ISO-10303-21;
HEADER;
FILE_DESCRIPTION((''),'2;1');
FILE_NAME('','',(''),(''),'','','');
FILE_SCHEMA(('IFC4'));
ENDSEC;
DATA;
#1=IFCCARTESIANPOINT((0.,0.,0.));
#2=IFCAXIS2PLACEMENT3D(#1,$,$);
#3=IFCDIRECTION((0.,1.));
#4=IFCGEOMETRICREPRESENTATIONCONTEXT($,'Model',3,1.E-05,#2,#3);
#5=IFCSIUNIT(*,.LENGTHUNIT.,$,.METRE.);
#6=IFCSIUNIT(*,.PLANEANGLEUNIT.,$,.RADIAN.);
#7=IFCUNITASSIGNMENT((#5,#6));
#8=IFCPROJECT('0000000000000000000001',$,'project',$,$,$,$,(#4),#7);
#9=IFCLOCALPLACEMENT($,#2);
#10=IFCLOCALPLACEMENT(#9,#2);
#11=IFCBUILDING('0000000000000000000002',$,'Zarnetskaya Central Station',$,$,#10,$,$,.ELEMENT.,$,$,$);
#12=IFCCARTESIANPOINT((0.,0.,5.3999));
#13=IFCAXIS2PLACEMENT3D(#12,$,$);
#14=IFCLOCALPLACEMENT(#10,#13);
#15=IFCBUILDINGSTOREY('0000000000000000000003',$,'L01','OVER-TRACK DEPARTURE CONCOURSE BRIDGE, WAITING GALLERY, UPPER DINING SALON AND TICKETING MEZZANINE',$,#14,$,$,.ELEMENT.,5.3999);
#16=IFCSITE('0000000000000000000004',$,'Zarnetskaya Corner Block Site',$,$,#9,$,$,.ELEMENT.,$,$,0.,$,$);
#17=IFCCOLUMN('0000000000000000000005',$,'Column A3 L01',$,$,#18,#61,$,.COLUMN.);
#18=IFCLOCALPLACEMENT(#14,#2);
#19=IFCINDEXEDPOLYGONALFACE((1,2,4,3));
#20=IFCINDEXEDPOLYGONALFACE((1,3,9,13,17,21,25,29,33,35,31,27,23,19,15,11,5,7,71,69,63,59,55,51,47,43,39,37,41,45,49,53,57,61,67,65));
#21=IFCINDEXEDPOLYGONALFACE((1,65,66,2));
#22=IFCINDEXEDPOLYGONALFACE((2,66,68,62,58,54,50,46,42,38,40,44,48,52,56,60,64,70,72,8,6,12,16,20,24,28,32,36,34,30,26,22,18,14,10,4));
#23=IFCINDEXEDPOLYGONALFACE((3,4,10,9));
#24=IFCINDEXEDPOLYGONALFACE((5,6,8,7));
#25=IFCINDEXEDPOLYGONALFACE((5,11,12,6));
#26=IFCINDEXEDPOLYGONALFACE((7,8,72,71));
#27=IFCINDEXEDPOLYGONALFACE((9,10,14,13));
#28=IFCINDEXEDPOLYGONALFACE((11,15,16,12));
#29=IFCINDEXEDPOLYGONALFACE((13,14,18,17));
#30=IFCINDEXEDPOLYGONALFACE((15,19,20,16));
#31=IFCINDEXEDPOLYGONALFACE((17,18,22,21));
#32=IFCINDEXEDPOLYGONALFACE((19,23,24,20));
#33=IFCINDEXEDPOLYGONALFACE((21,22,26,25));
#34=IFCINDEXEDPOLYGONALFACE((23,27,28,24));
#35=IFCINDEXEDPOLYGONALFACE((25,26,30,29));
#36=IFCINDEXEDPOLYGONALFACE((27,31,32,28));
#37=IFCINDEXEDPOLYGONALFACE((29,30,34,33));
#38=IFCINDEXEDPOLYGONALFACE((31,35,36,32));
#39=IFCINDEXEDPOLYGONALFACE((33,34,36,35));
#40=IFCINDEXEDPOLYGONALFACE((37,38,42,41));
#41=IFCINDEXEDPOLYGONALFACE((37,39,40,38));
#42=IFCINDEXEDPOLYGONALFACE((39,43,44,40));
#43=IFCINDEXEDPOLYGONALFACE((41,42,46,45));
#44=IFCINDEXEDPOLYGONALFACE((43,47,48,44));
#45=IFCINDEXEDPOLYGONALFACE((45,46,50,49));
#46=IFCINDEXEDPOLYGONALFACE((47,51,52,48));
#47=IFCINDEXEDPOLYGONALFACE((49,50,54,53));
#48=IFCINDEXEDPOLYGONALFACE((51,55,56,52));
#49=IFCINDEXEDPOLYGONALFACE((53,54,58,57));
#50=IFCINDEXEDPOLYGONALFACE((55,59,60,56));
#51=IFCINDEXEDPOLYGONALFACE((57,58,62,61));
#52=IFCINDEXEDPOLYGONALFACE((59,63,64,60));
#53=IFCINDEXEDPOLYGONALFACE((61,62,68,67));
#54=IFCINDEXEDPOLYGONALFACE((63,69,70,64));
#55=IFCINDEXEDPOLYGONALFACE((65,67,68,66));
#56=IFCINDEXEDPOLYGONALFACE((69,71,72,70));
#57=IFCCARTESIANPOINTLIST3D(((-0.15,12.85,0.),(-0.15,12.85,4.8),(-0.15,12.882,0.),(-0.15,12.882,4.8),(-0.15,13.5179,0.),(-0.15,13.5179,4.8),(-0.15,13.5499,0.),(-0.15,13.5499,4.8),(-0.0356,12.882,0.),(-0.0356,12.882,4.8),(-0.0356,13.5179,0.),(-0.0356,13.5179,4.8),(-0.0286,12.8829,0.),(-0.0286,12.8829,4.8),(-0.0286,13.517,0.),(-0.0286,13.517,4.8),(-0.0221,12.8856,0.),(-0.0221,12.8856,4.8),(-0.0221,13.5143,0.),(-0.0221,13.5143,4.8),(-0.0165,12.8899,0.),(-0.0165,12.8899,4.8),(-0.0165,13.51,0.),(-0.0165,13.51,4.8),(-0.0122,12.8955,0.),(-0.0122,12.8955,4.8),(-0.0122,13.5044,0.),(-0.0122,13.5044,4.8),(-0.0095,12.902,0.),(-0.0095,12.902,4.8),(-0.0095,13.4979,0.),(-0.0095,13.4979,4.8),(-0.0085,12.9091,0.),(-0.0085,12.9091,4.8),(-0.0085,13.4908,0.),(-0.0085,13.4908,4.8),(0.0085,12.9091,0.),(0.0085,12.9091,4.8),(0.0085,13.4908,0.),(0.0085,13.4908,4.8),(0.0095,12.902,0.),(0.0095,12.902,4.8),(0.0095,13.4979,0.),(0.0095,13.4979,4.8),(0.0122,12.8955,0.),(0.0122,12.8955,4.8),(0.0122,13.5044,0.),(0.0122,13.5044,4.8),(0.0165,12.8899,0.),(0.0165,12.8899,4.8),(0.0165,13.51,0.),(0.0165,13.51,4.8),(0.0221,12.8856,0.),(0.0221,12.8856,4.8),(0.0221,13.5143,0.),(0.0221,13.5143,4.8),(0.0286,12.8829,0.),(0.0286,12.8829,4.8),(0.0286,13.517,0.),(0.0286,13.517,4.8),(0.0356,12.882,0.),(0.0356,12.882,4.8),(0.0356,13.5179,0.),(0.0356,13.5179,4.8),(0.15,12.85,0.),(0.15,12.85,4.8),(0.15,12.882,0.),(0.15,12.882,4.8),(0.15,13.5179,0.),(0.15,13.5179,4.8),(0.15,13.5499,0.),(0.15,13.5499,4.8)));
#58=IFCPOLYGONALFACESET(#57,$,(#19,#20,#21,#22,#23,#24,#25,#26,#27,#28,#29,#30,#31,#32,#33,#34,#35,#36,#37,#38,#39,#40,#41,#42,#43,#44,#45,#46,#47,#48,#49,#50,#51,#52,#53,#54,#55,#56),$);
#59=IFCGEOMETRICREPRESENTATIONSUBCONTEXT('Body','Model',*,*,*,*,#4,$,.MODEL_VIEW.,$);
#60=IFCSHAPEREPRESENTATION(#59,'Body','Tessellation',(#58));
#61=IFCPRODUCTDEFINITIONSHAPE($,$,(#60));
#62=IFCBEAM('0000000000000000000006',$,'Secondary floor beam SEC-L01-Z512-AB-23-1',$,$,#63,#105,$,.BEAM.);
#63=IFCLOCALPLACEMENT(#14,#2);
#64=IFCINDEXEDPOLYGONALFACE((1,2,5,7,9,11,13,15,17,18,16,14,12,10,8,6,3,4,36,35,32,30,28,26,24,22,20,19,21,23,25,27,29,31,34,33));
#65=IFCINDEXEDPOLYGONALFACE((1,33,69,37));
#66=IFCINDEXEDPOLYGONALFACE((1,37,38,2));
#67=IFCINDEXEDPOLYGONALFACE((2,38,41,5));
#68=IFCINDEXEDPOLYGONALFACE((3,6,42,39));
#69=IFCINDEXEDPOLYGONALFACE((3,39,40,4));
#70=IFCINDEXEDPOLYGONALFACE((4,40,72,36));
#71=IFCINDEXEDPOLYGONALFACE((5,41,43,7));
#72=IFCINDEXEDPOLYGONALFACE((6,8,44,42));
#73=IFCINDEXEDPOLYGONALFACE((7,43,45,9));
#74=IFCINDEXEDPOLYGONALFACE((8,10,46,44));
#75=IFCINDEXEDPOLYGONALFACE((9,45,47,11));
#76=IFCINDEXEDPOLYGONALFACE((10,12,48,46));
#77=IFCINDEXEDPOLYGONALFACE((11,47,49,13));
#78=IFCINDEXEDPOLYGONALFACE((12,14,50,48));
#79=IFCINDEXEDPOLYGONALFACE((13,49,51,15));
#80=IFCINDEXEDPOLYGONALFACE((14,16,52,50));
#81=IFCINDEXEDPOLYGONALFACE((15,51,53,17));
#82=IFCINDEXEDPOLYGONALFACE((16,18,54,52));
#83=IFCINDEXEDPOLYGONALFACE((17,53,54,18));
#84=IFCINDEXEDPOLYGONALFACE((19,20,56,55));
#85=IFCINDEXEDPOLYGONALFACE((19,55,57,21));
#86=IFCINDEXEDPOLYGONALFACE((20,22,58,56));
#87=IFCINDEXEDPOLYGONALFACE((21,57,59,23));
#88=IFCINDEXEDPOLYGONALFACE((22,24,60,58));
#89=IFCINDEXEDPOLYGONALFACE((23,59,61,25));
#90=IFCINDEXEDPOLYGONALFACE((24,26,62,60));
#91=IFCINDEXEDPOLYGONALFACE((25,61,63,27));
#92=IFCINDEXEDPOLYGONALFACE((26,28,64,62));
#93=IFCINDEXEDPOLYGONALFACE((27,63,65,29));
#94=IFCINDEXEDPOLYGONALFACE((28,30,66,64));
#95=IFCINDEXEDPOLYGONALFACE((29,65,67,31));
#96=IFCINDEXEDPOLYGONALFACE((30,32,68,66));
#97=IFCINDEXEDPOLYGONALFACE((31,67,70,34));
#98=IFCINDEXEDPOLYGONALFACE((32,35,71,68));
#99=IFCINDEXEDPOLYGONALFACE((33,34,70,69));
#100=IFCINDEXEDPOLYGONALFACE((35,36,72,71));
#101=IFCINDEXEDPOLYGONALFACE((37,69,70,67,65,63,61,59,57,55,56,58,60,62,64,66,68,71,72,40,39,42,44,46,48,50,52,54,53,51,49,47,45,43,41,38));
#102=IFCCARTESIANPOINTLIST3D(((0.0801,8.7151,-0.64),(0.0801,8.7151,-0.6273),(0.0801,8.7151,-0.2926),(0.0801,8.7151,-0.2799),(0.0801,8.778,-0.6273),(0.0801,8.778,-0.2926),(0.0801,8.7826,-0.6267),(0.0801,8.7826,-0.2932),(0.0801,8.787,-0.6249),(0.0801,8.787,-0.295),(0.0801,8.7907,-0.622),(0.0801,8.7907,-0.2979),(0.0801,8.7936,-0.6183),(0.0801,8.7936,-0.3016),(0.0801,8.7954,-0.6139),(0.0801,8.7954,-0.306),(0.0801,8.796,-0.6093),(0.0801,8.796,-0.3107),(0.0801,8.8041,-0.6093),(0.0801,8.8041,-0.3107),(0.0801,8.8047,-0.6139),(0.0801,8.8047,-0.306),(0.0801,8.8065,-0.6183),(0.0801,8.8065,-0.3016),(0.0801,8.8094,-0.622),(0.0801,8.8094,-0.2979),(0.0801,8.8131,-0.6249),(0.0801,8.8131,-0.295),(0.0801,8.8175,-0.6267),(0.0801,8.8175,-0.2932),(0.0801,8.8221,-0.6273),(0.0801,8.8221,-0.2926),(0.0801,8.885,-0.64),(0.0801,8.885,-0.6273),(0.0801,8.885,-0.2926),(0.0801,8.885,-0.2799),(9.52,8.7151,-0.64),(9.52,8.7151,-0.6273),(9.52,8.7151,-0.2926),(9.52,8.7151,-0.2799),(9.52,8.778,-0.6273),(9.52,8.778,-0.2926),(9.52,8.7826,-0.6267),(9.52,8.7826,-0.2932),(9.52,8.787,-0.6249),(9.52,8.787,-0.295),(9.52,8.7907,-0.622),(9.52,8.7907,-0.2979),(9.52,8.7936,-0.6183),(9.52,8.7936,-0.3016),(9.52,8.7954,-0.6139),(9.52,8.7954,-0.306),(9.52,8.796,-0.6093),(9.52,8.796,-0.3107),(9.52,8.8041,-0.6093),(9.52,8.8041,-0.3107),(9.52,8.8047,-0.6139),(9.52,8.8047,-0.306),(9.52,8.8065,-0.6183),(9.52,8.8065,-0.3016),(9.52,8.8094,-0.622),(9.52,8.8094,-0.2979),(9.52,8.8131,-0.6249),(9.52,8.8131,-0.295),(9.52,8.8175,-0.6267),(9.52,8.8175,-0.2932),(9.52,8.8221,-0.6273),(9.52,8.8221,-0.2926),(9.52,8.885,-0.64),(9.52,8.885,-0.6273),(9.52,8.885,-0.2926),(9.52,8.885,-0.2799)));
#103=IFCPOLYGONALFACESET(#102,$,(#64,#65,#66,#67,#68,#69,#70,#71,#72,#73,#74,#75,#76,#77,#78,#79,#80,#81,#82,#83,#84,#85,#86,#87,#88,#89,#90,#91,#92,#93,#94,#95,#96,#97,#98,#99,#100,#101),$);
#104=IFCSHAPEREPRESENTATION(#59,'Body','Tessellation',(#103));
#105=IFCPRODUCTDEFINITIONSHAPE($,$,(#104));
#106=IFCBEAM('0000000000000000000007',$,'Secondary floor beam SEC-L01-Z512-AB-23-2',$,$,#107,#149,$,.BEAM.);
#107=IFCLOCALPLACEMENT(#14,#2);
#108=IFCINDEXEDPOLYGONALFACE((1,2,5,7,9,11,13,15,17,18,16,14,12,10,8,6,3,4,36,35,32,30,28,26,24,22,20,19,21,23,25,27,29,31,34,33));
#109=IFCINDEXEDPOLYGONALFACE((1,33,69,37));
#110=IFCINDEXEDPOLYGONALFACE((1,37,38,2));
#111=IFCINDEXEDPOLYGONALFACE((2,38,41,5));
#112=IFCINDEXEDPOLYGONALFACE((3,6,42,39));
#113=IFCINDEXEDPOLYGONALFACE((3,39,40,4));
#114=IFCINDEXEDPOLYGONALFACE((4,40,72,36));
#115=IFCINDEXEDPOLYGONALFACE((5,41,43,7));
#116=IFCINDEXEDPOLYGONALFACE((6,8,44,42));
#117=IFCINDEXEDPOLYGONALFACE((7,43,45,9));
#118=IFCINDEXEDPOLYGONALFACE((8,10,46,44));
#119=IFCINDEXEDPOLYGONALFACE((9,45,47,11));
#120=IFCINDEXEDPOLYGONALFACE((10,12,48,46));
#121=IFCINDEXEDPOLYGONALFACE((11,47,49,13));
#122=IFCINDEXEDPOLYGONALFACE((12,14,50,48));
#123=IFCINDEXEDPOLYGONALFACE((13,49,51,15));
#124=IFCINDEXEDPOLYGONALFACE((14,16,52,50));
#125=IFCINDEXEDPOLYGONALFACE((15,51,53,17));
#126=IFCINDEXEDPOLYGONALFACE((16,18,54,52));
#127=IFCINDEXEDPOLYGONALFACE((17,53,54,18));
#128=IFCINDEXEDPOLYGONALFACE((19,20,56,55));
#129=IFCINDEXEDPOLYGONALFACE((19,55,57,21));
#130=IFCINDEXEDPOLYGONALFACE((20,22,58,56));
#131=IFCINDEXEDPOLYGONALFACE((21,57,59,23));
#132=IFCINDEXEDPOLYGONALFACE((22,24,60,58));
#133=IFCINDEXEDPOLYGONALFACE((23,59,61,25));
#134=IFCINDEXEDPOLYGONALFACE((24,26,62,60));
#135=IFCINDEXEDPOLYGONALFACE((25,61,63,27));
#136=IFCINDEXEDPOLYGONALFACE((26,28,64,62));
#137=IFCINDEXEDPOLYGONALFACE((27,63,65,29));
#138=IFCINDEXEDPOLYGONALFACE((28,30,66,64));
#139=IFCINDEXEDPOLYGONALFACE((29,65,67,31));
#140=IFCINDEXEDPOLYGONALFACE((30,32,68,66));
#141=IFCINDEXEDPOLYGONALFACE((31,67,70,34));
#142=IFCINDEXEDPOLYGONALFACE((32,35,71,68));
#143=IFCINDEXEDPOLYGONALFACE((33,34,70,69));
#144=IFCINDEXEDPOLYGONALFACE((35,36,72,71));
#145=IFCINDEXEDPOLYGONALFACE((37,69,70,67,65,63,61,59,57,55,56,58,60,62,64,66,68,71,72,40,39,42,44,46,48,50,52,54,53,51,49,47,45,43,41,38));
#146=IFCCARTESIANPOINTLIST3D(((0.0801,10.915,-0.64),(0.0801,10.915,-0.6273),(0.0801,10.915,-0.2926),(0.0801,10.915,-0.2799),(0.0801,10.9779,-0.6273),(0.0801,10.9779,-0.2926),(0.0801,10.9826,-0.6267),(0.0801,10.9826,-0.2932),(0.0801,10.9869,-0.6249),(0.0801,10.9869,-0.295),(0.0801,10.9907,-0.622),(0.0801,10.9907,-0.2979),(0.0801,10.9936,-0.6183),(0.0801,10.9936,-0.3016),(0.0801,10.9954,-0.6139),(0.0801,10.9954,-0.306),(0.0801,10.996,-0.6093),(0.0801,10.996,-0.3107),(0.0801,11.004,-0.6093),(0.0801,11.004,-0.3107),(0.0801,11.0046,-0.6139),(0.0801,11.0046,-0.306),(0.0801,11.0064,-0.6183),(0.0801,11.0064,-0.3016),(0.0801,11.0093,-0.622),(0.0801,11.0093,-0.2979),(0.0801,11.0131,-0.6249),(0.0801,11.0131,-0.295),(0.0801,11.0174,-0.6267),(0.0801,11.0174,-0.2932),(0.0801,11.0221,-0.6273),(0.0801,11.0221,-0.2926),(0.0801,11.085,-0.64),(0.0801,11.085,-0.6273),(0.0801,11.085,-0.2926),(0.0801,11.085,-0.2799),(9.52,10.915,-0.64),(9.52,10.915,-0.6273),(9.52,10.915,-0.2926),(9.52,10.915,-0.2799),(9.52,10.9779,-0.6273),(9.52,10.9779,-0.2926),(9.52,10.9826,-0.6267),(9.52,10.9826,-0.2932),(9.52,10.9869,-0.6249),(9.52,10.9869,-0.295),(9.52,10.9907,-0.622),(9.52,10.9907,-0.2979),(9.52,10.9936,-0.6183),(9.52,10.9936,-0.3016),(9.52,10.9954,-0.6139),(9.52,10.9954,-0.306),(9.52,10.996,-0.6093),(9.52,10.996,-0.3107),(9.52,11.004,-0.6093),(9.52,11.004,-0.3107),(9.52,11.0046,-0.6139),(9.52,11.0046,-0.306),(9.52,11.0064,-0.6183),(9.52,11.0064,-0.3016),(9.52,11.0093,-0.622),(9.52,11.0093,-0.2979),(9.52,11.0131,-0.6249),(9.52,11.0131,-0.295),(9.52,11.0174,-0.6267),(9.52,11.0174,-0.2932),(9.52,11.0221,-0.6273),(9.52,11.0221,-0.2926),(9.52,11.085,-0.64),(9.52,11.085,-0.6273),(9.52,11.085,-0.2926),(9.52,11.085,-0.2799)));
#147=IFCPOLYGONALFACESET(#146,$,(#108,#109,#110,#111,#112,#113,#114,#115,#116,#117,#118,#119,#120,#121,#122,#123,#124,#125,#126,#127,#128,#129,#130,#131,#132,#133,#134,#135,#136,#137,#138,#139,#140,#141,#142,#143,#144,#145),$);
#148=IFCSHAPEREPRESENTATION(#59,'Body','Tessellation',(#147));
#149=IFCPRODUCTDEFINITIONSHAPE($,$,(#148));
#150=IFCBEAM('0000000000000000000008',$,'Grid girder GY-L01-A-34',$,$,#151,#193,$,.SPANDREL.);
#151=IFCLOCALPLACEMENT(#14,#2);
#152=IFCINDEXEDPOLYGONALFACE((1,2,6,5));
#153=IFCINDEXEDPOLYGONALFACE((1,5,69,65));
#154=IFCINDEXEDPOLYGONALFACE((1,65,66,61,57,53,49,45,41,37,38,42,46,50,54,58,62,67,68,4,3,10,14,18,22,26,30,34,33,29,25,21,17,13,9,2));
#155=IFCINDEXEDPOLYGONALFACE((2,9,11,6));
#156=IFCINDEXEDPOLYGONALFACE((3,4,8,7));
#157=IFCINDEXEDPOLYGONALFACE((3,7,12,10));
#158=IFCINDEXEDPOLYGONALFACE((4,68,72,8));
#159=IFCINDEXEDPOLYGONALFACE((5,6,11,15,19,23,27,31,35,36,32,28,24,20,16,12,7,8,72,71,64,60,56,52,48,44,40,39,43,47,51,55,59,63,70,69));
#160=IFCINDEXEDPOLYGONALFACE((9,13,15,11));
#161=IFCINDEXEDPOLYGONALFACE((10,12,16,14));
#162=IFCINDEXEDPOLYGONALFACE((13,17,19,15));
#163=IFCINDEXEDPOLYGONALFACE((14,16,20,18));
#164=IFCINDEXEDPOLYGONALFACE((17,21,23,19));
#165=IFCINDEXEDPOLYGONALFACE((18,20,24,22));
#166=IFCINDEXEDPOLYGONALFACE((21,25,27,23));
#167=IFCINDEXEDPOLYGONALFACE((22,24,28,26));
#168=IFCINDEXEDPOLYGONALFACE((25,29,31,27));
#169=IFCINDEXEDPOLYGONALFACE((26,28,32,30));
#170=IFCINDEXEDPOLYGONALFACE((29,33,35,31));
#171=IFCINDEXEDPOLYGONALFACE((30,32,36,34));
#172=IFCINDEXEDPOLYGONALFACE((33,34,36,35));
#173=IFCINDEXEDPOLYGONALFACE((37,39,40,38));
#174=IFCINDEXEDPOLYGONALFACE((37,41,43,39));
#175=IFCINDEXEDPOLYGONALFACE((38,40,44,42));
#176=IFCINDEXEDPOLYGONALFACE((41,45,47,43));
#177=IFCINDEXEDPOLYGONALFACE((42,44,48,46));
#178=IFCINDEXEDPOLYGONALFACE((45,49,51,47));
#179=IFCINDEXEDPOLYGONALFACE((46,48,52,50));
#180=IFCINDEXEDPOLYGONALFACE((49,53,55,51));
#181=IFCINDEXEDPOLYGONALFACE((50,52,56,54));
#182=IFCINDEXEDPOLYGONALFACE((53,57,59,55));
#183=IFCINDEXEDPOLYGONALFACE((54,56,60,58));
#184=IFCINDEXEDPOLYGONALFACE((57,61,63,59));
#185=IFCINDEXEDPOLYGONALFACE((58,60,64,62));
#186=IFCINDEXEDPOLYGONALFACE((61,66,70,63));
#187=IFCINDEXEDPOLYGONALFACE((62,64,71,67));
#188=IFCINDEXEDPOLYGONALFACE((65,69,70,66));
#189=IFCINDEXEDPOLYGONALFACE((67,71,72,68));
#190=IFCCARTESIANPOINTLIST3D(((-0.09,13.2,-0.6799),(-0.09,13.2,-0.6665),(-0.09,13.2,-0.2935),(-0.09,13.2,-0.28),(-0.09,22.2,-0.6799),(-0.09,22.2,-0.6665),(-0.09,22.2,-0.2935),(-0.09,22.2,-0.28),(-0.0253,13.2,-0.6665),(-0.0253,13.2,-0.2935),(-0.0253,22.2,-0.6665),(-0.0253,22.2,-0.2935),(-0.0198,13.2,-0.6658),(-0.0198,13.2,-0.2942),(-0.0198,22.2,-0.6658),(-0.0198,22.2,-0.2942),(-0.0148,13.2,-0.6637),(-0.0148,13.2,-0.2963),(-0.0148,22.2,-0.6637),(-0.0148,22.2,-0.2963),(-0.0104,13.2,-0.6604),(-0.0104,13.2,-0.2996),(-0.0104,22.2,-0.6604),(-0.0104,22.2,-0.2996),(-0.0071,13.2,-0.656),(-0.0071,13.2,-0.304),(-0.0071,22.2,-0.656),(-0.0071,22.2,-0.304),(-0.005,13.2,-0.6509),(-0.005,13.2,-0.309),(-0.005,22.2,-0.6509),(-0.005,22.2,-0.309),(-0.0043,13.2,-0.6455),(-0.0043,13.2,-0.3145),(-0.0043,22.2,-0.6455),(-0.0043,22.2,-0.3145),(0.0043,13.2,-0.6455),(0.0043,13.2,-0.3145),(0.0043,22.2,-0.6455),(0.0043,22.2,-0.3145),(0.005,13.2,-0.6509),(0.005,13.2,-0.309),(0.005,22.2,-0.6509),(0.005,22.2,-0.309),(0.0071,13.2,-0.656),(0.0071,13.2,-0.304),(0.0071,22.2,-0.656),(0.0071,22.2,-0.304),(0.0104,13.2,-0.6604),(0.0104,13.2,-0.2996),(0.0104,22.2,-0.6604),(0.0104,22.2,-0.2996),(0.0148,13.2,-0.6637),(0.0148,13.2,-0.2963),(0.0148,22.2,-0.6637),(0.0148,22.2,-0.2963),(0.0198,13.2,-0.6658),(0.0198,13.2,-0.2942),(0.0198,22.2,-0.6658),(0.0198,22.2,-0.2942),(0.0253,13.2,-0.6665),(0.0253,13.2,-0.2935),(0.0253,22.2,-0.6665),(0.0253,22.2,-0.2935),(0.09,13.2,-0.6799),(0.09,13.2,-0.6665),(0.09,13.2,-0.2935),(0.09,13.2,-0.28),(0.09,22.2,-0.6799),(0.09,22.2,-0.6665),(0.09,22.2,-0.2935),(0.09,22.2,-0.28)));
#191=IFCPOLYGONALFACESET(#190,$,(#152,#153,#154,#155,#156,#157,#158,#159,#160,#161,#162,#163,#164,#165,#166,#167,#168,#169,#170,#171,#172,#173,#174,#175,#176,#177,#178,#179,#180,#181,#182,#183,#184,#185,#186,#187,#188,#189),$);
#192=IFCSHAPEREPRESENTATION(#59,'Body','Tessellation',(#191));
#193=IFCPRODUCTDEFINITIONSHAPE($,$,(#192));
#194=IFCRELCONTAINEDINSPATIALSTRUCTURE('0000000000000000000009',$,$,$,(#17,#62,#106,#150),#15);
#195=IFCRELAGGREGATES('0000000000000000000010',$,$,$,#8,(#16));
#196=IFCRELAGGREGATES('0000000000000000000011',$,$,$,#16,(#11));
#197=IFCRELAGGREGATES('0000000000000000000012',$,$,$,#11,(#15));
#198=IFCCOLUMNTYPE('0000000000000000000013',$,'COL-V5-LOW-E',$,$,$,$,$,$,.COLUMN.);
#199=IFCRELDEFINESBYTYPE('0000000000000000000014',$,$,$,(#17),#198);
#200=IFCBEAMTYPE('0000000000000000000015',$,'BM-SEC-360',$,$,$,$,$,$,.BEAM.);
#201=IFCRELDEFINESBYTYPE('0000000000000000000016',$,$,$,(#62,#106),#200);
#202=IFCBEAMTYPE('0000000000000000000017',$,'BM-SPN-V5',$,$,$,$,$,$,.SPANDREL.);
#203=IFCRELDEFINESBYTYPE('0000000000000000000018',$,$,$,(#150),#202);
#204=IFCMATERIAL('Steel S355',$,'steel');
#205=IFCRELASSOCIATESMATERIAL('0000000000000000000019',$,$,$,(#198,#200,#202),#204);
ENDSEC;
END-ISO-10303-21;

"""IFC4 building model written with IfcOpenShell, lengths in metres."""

from ifc_helpers import new_model, si_unit, direction, frame, origin, origin_2d, place, context, subcontext, project, spatial, i_section, extrude, material, material_profile, profile_set, type_object, element, save


model = new_model("IFC4")

# Units and contexts
model_context = context("Model", 3, precision=1e-05, world=origin(), true_north=direction((0.0, 1.0)))
body_context = subcontext(model_context, "Body", "Model", "MODEL_VIEW")
ifc_project = project(units=[si_unit("LENGTHUNIT", "METRE"), si_unit("PLANEANGLEUNIT", "RADIAN")], contexts=[model_context])

# Site, building, storey
site_placement = place(None, origin())
site = spatial("IfcSite", under=ifc_project, at=site_placement, Name="Zarnetskaya Corner Block Site", CompositionType="ELEMENT", RefElevation=0.0)
building_placement = place(site_placement, origin())
building = spatial("IfcBuilding", under=site, at=building_placement, Name="Zarnetskaya Central Station", CompositionType="ELEMENT")
storey_placement = place(building_placement, frame((0.0, 0.0, 5.3999)))
storey = spatial("IfcBuildingStorey", under=building, at=storey_placement, Name="L01", Description="OVER-TRACK DEPARTURE CONCOURSE BRIDGE, WAITING GALLERY, UPPER DINING SALON AND TICKETING MEZZANINE", CompositionType="ELEMENT", Elevation=5.3999)

# Column
ifc_material_1 = material(Name="Steel S355", Category="steel")
ifc_material_profile_1 = material_profile(ifc_material_1, i_section(OverallWidth=0.3, OverallDepth=0.7, WebThickness=0.0171, FlangeThickness=0.032, FilletRadius=0.0271, at=origin_2d()), Name="HEB 700")
ifc_profile_set_1 = profile_set([ifc_material_profile_1], Name="Steel S355")
column_type = type_object("IfcColumnType", Name="COL-V5-LOW-E", PredefinedType="COLUMN", material=ifc_profile_set_1)
column_placement = place(storey_placement, frame((0.0, 13.2, 0.0), z_axis=(0.0, 0.0, 1.0), x_axis=(1.0, 0.0, 0.0)))
element("IfcColumn", 1, at=column_placement, inside=storey, type_object=column_type, Name="Column A3 L01", PredefinedType="COLUMN", context=body_context, shape_type="SweptSolid", body=[
    extrude(i_section(OverallWidth=0.3, OverallDepth=0.7, WebThickness=0.0171, FlangeThickness=0.032, FilletRadius=0.0271, at=origin_2d()), origin(), (0.0, 0.0, 1.0), 4.8),
])

# Beams
ifc_material_profile_2 = material_profile(ifc_material_1, i_section(OverallWidth=0.1699, OverallDepth=0.3601, WebThickness=0.0081, FlangeThickness=0.0127, FilletRadius=0.0181, at=origin_2d()), Name="IPE 360")
ifc_profile_set_2 = profile_set([ifc_material_profile_2], Name="Steel S355")
beam_type_1 = type_object("IfcBeamType", Name="BM-SEC-360", PredefinedType="BEAM", material=ifc_profile_set_2)
for number, where, z_axis, x_axis, name in (
    (2, (0.0801, 8.8, -0.46), (1.0, 0.0, 0.0), (0.0, 1.0, 0.0), "Secondary floor beam SEC-L01-Z512-AB-23-1"),
    (3, (0.0801, 11.0, -0.46), (1.0, 0.0, 0.0), (0.0, 1.0, 0.0), "Secondary floor beam SEC-L01-Z512-AB-23-2"),
):
    element("IfcBeam", number, at=place(storey_placement, frame(where, z_axis=z_axis, x_axis=x_axis)), inside=storey, type_object=beam_type_1, Name=name, PredefinedType="BEAM", context=body_context, shape_type="SweptSolid", body=[
        extrude(i_section(OverallWidth=0.1699, OverallDepth=0.3601, WebThickness=0.0081, FlangeThickness=0.0127, FilletRadius=0.0181, at=origin_2d()), origin(), (0.0, 0.0, 1.0), 9.4399),
    ])
ifc_material_profile_3 = material_profile(ifc_material_1, i_section(OverallWidth=0.1799, OverallDepth=0.3999, WebThickness=0.0085, FlangeThickness=0.0134, FilletRadius=0.021, at=origin_2d()), Name="IPE 400")
ifc_profile_set_3 = profile_set([ifc_material_profile_3], Name="Steel S355")
beam_type_2 = type_object("IfcBeamType", Name="BM-SPN-V5", PredefinedType="SPANDREL", material=ifc_profile_set_3)
beam_placement = place(storey_placement, frame((0.0, 13.2, -0.48), z_axis=(0.0, 1.0, 0.0), x_axis=(-1.0, 0.0, 0.0)))
element("IfcBeam", 4, at=beam_placement, inside=storey, type_object=beam_type_2, Name="Grid girder GY-L01-A-34", PredefinedType="SPANDREL", context=body_context, shape_type="SweptSolid", body=[
    extrude(i_section(OverallWidth=0.1799, OverallDepth=0.3999, WebThickness=0.0085, FlangeThickness=0.0134, FilletRadius=0.021, at=origin_2d()), origin(), (0.0, 0.0, 1.0), 9.0),
])

save(model, "model.ifc")
